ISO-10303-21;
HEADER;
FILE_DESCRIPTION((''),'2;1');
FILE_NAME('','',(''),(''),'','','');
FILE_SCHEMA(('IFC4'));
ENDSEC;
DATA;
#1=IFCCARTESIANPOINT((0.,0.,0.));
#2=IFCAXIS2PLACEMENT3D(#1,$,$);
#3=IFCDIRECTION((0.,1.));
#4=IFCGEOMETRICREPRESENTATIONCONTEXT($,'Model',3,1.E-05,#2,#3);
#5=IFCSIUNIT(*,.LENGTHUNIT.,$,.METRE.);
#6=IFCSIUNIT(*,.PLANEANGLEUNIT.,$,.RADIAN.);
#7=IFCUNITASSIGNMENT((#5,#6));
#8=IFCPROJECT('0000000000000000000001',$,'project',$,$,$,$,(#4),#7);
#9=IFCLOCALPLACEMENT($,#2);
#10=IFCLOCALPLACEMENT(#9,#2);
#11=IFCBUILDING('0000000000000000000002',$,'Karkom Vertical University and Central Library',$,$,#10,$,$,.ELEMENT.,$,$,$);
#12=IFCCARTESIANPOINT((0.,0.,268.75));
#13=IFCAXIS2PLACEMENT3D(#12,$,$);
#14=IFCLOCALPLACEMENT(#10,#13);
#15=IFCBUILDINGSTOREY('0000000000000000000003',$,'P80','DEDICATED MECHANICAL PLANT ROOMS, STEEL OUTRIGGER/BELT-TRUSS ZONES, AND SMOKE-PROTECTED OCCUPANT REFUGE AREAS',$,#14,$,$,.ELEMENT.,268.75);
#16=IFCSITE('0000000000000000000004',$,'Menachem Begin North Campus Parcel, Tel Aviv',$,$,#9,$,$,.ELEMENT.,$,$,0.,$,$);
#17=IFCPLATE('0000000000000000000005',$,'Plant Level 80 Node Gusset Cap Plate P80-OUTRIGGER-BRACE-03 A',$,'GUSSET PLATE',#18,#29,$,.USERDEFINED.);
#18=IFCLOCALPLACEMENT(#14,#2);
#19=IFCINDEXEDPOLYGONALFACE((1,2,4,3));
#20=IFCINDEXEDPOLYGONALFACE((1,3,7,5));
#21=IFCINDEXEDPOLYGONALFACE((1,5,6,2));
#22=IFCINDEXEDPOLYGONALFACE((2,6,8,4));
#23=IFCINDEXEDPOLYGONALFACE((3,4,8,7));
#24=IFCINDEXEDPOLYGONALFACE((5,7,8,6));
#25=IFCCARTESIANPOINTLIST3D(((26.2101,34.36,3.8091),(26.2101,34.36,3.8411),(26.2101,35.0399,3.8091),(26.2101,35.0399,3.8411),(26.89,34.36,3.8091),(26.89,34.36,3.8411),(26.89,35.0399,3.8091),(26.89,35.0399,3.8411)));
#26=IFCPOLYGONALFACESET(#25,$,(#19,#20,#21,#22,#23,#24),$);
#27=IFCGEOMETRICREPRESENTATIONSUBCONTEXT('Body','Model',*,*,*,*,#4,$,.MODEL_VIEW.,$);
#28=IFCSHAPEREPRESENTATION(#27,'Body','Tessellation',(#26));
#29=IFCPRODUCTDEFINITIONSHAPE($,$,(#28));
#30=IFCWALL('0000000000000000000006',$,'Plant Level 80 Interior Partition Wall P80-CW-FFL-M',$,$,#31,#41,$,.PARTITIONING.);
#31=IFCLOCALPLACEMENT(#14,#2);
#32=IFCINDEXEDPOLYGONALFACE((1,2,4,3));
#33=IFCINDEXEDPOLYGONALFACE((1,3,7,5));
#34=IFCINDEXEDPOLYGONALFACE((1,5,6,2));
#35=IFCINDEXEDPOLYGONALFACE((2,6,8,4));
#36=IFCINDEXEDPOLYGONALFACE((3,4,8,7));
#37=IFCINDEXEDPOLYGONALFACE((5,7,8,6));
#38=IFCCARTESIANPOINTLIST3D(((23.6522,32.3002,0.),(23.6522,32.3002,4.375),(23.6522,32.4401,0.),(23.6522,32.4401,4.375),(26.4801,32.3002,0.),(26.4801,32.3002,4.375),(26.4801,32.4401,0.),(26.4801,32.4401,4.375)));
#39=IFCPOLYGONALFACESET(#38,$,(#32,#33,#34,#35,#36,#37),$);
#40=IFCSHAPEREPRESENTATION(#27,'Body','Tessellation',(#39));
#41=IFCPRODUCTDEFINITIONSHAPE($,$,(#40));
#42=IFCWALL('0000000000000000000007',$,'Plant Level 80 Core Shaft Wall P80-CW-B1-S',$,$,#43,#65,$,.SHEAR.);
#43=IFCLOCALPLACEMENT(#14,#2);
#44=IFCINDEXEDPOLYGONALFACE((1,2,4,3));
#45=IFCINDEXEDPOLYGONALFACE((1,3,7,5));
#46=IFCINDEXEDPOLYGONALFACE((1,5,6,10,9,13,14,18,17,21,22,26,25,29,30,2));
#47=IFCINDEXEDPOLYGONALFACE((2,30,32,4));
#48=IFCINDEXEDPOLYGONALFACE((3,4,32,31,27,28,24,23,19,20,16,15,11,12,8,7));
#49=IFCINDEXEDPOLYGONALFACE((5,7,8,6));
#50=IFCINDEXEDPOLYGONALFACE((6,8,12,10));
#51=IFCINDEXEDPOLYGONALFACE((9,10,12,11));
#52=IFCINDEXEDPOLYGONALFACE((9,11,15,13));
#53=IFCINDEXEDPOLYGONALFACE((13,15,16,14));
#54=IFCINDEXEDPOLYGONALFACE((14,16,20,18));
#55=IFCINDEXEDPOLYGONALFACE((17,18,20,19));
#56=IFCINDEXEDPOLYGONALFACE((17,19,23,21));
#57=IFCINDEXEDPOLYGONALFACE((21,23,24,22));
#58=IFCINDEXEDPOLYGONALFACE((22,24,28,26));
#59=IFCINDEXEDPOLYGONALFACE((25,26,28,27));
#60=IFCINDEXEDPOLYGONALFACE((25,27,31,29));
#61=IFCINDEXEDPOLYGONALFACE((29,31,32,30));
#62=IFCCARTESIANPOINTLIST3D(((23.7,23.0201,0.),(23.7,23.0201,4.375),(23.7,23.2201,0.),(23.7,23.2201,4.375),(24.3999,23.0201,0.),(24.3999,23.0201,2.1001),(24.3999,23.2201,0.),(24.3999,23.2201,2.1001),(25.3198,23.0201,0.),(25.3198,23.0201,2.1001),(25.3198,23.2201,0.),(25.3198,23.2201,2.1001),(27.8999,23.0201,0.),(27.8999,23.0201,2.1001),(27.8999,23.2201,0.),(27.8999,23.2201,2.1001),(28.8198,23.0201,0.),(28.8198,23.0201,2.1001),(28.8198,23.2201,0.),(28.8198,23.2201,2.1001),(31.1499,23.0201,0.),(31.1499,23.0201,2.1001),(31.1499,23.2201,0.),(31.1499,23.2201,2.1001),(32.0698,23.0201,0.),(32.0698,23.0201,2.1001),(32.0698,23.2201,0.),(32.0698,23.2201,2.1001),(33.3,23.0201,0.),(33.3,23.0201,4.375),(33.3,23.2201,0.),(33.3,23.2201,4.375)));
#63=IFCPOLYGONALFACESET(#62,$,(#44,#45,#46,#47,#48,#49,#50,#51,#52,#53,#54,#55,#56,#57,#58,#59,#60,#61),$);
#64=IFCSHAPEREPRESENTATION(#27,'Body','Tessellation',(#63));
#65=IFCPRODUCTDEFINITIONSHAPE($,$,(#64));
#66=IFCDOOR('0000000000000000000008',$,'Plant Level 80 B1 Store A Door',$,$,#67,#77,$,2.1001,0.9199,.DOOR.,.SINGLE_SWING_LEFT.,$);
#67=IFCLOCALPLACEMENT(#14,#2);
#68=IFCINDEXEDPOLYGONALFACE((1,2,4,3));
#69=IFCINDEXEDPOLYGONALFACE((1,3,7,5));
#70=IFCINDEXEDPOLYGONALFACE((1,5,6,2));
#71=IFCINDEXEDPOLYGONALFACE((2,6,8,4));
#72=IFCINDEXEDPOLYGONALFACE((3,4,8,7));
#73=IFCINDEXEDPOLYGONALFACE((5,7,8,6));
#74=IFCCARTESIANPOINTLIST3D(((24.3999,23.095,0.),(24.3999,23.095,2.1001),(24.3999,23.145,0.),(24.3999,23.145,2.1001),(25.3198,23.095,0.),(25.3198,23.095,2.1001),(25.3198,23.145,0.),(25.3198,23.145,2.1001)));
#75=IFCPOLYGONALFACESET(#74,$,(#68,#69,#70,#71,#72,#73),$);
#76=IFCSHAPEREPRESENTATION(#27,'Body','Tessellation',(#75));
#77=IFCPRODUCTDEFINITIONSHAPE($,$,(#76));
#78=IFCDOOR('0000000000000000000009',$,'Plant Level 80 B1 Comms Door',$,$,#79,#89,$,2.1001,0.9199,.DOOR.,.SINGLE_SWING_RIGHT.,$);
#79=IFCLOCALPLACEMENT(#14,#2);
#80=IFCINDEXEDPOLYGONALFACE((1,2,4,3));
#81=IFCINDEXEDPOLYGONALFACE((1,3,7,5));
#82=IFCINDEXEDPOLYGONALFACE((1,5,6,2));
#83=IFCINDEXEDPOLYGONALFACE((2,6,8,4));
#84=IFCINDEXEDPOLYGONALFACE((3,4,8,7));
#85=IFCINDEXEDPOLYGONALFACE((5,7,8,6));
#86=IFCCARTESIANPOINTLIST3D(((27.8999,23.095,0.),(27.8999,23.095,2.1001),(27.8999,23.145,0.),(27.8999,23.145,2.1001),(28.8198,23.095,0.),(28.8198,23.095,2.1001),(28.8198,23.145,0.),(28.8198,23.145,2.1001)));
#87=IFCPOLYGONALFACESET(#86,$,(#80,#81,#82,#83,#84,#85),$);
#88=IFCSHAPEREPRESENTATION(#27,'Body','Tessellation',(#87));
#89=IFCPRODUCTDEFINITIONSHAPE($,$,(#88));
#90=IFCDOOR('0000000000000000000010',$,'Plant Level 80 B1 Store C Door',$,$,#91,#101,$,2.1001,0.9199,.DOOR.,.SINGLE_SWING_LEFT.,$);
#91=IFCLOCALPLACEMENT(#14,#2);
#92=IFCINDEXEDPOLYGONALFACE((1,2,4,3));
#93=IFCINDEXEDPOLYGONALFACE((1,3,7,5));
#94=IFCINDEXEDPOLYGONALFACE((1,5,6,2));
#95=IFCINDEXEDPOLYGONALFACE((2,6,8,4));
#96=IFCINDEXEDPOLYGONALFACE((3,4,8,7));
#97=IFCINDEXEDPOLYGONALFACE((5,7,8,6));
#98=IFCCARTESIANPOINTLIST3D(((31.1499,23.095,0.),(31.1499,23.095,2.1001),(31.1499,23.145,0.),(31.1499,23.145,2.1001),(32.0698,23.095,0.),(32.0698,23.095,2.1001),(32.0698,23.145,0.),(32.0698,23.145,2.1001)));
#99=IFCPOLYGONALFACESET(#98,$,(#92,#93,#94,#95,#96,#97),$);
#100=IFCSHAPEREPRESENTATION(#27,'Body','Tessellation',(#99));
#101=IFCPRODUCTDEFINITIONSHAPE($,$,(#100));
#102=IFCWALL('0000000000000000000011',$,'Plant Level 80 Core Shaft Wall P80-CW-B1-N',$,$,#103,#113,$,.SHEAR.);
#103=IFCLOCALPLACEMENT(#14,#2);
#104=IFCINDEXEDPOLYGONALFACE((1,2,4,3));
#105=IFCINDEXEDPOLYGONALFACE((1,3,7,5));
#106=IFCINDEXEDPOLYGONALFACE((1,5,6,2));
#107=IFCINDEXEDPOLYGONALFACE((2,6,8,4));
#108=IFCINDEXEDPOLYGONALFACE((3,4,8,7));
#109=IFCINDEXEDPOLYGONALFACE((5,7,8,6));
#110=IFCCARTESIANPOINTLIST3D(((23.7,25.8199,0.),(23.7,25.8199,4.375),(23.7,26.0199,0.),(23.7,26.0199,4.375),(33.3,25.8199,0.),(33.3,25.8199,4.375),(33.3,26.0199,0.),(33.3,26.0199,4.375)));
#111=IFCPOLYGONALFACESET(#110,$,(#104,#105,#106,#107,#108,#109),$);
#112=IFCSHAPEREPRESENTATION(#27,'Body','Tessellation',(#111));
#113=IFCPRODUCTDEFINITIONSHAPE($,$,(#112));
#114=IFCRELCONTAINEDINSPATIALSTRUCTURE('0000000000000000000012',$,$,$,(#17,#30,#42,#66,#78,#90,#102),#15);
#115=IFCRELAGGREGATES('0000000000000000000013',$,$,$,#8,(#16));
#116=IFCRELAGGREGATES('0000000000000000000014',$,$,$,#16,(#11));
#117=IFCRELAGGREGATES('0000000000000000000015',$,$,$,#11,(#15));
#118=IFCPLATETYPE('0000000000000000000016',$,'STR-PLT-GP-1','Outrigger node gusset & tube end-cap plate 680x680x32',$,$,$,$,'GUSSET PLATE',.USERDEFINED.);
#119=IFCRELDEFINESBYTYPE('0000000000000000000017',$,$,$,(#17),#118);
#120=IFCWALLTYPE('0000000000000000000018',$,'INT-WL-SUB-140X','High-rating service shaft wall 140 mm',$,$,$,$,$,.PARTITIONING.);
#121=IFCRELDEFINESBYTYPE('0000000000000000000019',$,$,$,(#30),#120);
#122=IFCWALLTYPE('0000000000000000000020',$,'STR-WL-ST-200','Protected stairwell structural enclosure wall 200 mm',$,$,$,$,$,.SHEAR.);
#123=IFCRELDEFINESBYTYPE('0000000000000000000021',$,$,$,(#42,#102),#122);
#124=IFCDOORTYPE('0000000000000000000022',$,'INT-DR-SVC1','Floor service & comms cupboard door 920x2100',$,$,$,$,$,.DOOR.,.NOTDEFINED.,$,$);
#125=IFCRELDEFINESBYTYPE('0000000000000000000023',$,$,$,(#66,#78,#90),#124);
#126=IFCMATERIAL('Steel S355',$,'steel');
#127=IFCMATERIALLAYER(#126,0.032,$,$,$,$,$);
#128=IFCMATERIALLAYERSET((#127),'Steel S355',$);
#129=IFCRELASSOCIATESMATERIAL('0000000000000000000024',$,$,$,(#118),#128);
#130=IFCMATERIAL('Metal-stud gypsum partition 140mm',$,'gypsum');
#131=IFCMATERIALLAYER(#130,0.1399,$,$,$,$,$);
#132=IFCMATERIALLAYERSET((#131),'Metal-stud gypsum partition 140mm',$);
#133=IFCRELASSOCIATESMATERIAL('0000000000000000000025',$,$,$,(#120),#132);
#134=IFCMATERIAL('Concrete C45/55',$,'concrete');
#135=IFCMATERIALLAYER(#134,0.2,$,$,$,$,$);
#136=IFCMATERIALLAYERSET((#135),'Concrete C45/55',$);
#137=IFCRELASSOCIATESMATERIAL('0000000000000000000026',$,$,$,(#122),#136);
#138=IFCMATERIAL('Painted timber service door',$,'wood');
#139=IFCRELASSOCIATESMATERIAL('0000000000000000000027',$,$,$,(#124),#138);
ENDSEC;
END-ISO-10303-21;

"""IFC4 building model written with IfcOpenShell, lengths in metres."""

from ifc_helpers import new_model, si_unit, direction, frame, frame_2d, origin, origin_with_axes, origin_2d, place, context, subcontext, project, spatial, rectangle, extrude, source, transform, mapped, material, layer, layer_set, type_object, element, fill, save


model = new_model("IFC4")

# Units and contexts
model_context = context("Model", 3, precision=1e-05, world=origin(), true_north=direction((0.0, 1.0)))
body_context = subcontext(model_context, "Body", "Model", "MODEL_VIEW")
ifc_project = project(units=[si_unit("LENGTHUNIT", "METRE"), si_unit("PLANEANGLEUNIT", "RADIAN")], contexts=[model_context])

# Site, building, storey
site_placement = place(None, origin())
site = spatial("IfcSite", under=ifc_project, at=site_placement, Name="Menachem Begin North Campus Parcel, Tel Aviv", CompositionType="ELEMENT", RefElevation=0.0)
building_placement = place(site_placement, origin())
building = spatial("IfcBuilding", under=site, at=building_placement, Name="Karkom Vertical University and Central Library", CompositionType="ELEMENT")
storey_placement = place(building_placement, frame((0.0, 0.0, 268.75)))
storey = spatial("IfcBuildingStorey", under=building, at=storey_placement, Name="P80", Description="DEDICATED MECHANICAL PLANT ROOMS, STEEL OUTRIGGER/BELT-TRUSS ZONES, AND SMOKE-PROTECTED OCCUPANT REFUGE AREAS", CompositionType="ELEMENT", Elevation=268.75)

# Shared definitions
ifc_material_1 = material(Name="Concrete C45/55", Category="concrete")

# Plate
ifc_material_2 = material(Name="Steel S355", Category="steel")
ifc_layer_1 = layer(ifc_material_2, 0.032)
ifc_layer_set_1 = layer_set([ifc_layer_1], Name="Steel S355")
plate_type = type_object("IfcPlateType", Name="STR-PLT-GP-1", Description="Outrigger node gusset & tube end-cap plate 680x680x32", ElementType="GUSSET PLATE", PredefinedType="USERDEFINED", material=ifc_layer_set_1)
shared_shape_1 = source(origin_with_axes(), body_context, "Body", "SweptSolid", [
    extrude(rectangle(XDim=0.6799, YDim=0.6799, at=origin_2d()), origin(), (0.0, 0.0, 1.0), 0.032),
])
plate_placement = place(storey_placement, frame((26.55, 34.7, 3.8091), z_axis=(0.0, 0.0, 1.0), x_axis=(1.0, 0.0, 0.0)))
element("IfcPlate", 1, at=plate_placement, inside=storey, type_object=plate_type, Name="Plant Level 80 Node Gusset Cap Plate P80-OUTRIGGER-BRACE-03 A", ObjectType="GUSSET PLATE", PredefinedType="USERDEFINED", context=body_context, shape_type="MappedRepresentation", body=[
    mapped(shared_shape_1, transform((0.0, 0.0, 0.0), scale=1.0)),
])

# Wall
ifc_material_3 = material(Name="Metal-stud gypsum partition 140mm", Category="gypsum")
ifc_layer_2 = layer(ifc_material_3, 0.1399)
ifc_layer_set_2 = layer_set([ifc_layer_2], Name="Metal-stud gypsum partition 140mm")
wall_type_1 = type_object("IfcWallType", Name="INT-WL-SUB-140X", Description="High-rating service shaft wall 140 mm", PredefinedType="PARTITIONING", material=ifc_layer_set_2)
wall_1_placement = place(storey_placement, frame((23.6521, 32.3701, 0.0), z_axis=(0.0, 0.0, 1.0), x_axis=(1.0, 0.0, 0.0)))
element("IfcWall", 2, at=wall_1_placement, inside=storey, type_object=wall_type_1, Name="Plant Level 80 Interior Partition Wall P80-CW-FFL-M", PredefinedType="PARTITIONING", context=body_context, shape_type="SweptSolid", body=[
    extrude(rectangle(XDim=2.8279, YDim=0.1399, at=frame_2d((1.4141, 0.0))), origin(), (0.0, 0.0, 1.0), 4.375),
])

# Wall, openings, doors
ifc_layer_3 = layer(ifc_material_1, 0.2)
ifc_layer_set_3 = layer_set([ifc_layer_3], Name="Concrete C45/55")
wall_type_2 = type_object("IfcWallType", Name="STR-WL-ST-200", Description="Protected stairwell structural enclosure wall 200 mm", PredefinedType="SHEAR", material=ifc_layer_set_3)
wall_2_placement = place(storey_placement, frame((23.7, 23.1201, 0.0), z_axis=(0.0, 0.0, 1.0), x_axis=(1.0, 0.0, 0.0)))
wall_2 = element("IfcWall", 3, at=wall_2_placement, inside=storey, type_object=wall_type_2, Name="Plant Level 80 Core Shaft Wall P80-CW-B1-S", PredefinedType="SHEAR", context=body_context, shape_type="SweptSolid", body=[
    extrude(rectangle(XDim=9.6001, YDim=0.2, at=frame_2d((4.8, 0.0))), origin(), (0.0, 0.0, 1.0), 4.375),
])
opening_1_placement = place(wall_2_placement, frame((0.7, 0.0, 0.0)))
opening_1 = element("IfcOpeningElement", 4, at=opening_1_placement, cuts=wall_2, PredefinedType="OPENING", context=body_context, shape_type="SweptSolid", body=[
    extrude(rectangle(XDim=0.9199, YDim=2.1001, at=frame_2d((0.46, 1.05))), frame((0.0, 0.1099, 0.0), z_axis=(0.0, -1.0, 0.0), x_axis=(1.0, 0.0, 0.0)), (0.0, 0.0, 1.0), 0.22),
])
opening_2_placement = place(wall_2_placement, frame((4.2, 0.0, 0.0)))
opening_2 = element("IfcOpeningElement", 5, at=opening_2_placement, cuts=wall_2, PredefinedType="OPENING", context=body_context, shape_type="SweptSolid", body=[
    extrude(rectangle(XDim=0.9199, YDim=2.1001, at=frame_2d((0.46, 1.05))), frame((0.0, 0.1099, 0.0), z_axis=(0.0, -1.0, 0.0), x_axis=(1.0, 0.0, 0.0)), (0.0, 0.0, 1.0), 0.22),
])
opening_3_placement = place(wall_2_placement, frame((7.45, 0.0, 0.0)))
opening_3 = element("IfcOpeningElement", 6, at=opening_3_placement, cuts=wall_2, PredefinedType="OPENING", context=body_context, shape_type="SweptSolid", body=[
    extrude(rectangle(XDim=0.9199, YDim=2.1001, at=frame_2d((0.46, 1.05))), frame((0.0, 0.1099, 0.0), z_axis=(0.0, -1.0, 0.0), x_axis=(1.0, 0.0, 0.0)), (0.0, 0.0, 1.0), 0.22),
])
ifc_material_4 = material(Name="Painted timber service door", Category="wood")
door_type_1 = type_object("IfcDoorType", Name="INT-DR-SVC1", Description="Floor service & comms cupboard door 920x2100", OperationType="NOTDEFINED", PredefinedType="DOOR", material=ifc_material_4)
shared_shape_2 = source(origin_with_axes(), body_context, "Body", "SweptSolid", [
    extrude(rectangle(XDim=0.9199, YDim=2.1001, at=frame_2d((0.46, 1.05))), frame((0.0, 0.0249, 0.0), z_axis=(0.0, -1.0, 0.0), x_axis=(1.0, 0.0, 0.0)), (0.0, 0.0, 1.0), 0.05),
])
door_1_placement = place(opening_1_placement, origin())
door_1 = element("IfcDoor", 7, at=door_1_placement, inside=storey, type_object=door_type_1, Name="Plant Level 80 B1 Store A Door", OperationType="SINGLE_SWING_LEFT", OverallHeight=2.1001, OverallWidth=0.9199, PredefinedType="DOOR", context=body_context, shape_type="MappedRepresentation", body=[
    mapped(shared_shape_2, transform((0.0, 0.0, 0.0), scale=1.0)),
])
fill(opening_1, door_1)
door_2_placement = place(opening_2_placement, origin())
door_2 = element("IfcDoor", 8, at=door_2_placement, inside=storey, type_object=door_type_1, Name="Plant Level 80 B1 Comms Door", OperationType="SINGLE_SWING_RIGHT", OverallHeight=2.1001, OverallWidth=0.9199, PredefinedType="DOOR", context=body_context, shape_type="MappedRepresentation", body=[
    mapped(shared_shape_2, transform((0.0, 0.0, 0.0), scale=1.0)),
])
fill(opening_2, door_2)
door_3_placement = place(opening_3_placement, origin())
door_3 = element("IfcDoor", 9, at=door_3_placement, inside=storey, type_object=door_type_1, Name="Plant Level 80 B1 Store C Door", OperationType="SINGLE_SWING_LEFT", OverallHeight=2.1001, OverallWidth=0.9199, PredefinedType="DOOR", context=body_context, shape_type="MappedRepresentation", body=[
    mapped(shared_shape_2, transform((0.0, 0.0, 0.0), scale=1.0)),
])
fill(opening_3, door_3)

# Wall
wall_3_placement = place(storey_placement, frame((23.7, 25.9199, 0.0), z_axis=(0.0, 0.0, 1.0), x_axis=(1.0, 0.0, 0.0)))
element("IfcWall", 10, at=wall_3_placement, inside=storey, type_object=wall_type_2, Name="Plant Level 80 Core Shaft Wall P80-CW-B1-N", PredefinedType="SHEAR", context=body_context, shape_type="SweptSolid", body=[
    extrude(rectangle(XDim=9.6001, YDim=0.2, at=frame_2d((4.8, 0.0))), origin(), (0.0, 0.0, 1.0), 4.375),
])

save(model, "model.ifc")
